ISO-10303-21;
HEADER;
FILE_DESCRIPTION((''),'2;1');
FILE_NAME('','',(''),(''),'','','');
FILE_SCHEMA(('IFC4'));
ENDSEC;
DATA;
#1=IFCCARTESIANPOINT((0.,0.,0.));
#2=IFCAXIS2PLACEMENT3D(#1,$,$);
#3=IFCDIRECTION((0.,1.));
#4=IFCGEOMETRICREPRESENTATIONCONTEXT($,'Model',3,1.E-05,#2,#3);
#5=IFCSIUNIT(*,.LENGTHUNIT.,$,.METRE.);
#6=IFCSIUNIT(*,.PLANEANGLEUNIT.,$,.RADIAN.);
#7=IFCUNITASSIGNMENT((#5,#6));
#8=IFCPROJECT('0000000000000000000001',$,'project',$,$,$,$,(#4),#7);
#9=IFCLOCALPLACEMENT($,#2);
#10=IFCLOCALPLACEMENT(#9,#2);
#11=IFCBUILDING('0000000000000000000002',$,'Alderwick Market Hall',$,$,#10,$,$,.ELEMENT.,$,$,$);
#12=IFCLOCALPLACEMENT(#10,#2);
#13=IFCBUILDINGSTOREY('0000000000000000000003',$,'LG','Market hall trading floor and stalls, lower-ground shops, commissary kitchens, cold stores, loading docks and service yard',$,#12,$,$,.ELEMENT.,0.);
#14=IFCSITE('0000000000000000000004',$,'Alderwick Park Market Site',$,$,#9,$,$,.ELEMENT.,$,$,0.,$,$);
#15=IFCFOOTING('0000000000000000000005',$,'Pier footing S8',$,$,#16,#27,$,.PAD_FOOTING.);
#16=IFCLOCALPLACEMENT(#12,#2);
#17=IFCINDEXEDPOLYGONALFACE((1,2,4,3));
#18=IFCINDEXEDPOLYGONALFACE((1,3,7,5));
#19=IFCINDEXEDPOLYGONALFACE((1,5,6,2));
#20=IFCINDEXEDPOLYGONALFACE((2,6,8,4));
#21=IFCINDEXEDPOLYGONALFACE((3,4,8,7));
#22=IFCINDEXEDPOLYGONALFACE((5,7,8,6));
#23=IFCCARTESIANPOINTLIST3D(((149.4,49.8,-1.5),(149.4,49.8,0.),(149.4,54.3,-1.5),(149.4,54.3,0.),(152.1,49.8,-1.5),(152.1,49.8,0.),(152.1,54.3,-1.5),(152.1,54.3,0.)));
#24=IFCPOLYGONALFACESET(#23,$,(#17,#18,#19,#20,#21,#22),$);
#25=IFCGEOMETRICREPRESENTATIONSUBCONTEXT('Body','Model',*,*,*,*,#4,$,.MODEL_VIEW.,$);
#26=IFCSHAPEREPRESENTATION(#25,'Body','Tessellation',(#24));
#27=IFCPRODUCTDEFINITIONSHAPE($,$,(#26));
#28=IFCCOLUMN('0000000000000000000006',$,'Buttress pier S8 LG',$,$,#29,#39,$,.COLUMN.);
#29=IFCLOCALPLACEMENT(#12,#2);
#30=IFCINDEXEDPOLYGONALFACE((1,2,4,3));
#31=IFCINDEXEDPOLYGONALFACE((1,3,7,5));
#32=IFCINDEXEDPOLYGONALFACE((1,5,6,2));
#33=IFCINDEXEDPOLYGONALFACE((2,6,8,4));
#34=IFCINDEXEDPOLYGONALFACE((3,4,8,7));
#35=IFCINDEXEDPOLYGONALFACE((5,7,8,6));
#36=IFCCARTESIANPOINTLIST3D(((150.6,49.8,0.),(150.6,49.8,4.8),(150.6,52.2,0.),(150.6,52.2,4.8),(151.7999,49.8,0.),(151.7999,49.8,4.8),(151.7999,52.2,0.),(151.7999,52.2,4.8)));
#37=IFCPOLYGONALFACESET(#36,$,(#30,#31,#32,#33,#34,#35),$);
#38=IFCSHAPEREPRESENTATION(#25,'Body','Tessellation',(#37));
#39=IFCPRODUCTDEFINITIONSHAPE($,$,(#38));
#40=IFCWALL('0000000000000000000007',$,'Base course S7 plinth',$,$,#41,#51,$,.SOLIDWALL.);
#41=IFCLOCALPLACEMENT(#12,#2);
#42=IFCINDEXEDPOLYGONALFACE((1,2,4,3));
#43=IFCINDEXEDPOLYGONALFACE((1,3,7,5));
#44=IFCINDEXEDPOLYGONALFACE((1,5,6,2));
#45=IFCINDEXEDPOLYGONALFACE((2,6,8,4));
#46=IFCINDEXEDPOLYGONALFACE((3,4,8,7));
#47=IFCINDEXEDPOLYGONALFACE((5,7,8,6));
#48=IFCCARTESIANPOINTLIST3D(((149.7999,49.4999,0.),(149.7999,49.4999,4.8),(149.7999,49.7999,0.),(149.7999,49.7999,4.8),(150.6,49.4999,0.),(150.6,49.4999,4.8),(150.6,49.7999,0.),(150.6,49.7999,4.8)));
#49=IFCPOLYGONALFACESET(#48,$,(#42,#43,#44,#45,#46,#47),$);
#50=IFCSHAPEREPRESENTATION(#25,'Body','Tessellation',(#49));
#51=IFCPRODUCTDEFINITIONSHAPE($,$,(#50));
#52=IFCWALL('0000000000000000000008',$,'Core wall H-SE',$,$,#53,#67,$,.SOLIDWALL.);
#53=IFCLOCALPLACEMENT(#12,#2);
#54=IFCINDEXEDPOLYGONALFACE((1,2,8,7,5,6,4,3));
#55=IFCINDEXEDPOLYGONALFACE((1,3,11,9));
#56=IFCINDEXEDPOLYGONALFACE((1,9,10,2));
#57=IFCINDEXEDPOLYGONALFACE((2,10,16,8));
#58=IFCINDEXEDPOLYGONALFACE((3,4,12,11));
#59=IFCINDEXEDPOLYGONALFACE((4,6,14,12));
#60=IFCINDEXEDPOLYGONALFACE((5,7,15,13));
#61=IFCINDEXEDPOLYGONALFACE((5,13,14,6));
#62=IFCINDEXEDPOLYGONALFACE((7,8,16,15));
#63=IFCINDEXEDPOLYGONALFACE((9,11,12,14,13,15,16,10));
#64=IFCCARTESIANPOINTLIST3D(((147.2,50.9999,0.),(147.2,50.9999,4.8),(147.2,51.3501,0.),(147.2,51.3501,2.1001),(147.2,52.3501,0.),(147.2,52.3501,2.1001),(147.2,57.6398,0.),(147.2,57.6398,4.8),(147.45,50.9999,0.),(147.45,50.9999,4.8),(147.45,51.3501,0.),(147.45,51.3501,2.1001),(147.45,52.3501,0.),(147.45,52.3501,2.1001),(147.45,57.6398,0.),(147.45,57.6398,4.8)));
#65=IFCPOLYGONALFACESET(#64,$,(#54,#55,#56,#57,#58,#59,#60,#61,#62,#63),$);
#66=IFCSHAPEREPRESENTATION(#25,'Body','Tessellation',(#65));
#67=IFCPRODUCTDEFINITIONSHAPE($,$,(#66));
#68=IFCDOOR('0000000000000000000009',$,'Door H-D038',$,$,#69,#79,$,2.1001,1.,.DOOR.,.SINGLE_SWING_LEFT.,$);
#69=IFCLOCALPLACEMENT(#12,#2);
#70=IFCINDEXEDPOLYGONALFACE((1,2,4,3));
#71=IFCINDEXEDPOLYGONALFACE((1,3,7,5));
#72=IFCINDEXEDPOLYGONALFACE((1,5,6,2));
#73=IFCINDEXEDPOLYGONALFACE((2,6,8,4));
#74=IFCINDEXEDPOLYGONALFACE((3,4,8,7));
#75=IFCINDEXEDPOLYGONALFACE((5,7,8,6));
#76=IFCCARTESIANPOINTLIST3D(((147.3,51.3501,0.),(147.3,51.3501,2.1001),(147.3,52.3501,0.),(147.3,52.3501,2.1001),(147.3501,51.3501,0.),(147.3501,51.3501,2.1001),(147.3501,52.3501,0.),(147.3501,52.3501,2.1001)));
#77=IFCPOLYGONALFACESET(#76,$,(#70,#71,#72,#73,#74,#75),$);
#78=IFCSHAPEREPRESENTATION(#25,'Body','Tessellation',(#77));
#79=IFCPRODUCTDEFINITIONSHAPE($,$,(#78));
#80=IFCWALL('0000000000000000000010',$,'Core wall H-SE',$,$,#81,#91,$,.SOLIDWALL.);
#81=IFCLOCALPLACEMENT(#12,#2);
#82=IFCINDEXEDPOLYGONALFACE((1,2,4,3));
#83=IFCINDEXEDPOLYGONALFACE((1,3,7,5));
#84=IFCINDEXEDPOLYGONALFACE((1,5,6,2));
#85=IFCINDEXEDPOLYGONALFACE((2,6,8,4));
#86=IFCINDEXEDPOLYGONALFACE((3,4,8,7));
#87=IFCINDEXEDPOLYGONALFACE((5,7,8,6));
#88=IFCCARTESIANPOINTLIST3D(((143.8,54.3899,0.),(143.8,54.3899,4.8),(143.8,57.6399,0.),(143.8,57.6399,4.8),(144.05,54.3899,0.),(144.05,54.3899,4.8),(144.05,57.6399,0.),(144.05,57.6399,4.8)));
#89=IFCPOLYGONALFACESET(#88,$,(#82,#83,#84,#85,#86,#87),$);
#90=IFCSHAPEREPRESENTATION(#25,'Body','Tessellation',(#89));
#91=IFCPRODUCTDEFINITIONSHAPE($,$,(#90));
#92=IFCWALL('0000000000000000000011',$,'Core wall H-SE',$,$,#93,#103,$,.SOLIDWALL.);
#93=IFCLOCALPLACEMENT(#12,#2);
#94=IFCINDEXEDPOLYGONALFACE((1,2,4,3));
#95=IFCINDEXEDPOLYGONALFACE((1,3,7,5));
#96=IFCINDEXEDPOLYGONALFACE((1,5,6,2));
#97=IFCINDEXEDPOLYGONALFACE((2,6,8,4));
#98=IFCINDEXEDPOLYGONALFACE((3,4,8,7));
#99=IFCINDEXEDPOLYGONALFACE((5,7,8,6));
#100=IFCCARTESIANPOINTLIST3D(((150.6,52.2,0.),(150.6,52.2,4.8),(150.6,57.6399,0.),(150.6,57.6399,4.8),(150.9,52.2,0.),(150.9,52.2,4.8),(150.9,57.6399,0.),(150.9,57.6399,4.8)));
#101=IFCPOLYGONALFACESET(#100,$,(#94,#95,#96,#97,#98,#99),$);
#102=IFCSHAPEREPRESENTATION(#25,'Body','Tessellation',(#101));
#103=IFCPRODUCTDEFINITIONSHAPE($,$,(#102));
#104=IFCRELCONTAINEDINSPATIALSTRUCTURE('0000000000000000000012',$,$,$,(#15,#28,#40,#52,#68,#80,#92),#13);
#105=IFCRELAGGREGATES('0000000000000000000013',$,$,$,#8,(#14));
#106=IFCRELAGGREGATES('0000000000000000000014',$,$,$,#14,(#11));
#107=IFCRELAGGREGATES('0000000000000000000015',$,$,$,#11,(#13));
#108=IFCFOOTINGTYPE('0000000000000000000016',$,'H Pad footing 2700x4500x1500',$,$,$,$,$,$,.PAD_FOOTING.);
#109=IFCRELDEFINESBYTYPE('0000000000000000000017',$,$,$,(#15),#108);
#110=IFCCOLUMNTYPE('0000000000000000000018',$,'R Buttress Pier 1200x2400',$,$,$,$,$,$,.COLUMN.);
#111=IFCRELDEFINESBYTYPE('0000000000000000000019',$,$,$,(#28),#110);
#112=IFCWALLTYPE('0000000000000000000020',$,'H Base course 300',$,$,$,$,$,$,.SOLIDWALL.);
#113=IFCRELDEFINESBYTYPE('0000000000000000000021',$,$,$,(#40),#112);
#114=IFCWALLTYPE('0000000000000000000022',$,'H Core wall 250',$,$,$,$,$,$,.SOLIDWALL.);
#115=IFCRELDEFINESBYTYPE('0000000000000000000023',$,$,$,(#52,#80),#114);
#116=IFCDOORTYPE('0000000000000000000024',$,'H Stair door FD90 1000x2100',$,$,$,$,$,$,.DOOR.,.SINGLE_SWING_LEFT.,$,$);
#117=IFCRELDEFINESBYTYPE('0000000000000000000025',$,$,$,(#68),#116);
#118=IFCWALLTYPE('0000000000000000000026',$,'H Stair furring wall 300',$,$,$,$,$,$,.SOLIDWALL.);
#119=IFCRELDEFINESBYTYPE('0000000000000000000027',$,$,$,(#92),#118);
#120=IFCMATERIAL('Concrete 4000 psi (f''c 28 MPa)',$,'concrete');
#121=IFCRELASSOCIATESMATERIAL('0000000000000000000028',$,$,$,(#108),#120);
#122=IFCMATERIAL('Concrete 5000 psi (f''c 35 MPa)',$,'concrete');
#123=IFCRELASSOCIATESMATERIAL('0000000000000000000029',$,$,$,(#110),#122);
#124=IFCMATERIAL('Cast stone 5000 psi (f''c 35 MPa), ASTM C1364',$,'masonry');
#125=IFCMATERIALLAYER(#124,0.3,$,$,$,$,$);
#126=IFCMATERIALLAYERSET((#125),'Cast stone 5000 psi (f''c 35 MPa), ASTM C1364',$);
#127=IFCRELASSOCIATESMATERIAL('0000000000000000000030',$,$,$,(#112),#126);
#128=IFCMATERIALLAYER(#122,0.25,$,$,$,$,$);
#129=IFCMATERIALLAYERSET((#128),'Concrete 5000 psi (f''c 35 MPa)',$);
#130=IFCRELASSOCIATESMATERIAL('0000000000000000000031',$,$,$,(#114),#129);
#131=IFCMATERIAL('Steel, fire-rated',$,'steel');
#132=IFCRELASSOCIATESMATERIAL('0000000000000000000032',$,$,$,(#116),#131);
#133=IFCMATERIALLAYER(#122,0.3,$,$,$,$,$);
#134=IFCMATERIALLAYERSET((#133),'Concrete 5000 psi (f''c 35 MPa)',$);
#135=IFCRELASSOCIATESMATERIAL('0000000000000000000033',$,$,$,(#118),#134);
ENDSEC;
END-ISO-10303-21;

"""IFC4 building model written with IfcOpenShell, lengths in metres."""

from ifc_helpers import new_model, si_unit, direction, frame, frame_2d, origin, origin_2d, place, context, subcontext, project, spatial, rectangle, extrude, material, layer, layer_set, material_profile, profile_set, type_object, element, fill, save


model = new_model("IFC4")

# Units and contexts
model_context = context("Model", 3, precision=1e-05, world=origin(), true_north=direction((0.0, 1.0)))
body_context = subcontext(model_context, "Body", "Model", "MODEL_VIEW")
ifc_project = project(units=[si_unit("LENGTHUNIT", "METRE"), si_unit("PLANEANGLEUNIT", "RADIAN")], contexts=[model_context])

# Site, building, storey
site_placement = place(None, origin())
site = spatial("IfcSite", under=ifc_project, at=site_placement, Name="Alderwick Park Market Site", CompositionType="ELEMENT", RefElevation=0.0)
building_placement = place(site_placement, origin())
building = spatial("IfcBuilding", under=site, at=building_placement, Name="Alderwick Market Hall", CompositionType="ELEMENT")
storey_placement = place(building_placement, origin())
storey = spatial("IfcBuildingStorey", under=building, at=storey_placement, Name="LG", Description="Market hall trading floor and stalls, lower-ground shops, commissary kitchens, cold stores, loading docks and service yard", CompositionType="ELEMENT", Elevation=0.0)

# Footing
ifc_material_1 = material(Name="Concrete 4000 psi (f'c 28 MPa)", Category="concrete")
footing_type = type_object("IfcFootingType", Name="H Pad footing 2700x4500x1500", PredefinedType="PAD_FOOTING", material=ifc_material_1)
footing_placement = place(storey_placement, frame((150.75, 52.05, -1.5), z_axis=(0.0, 0.0, 1.0), x_axis=(1.0, 0.0, 0.0)))
element("IfcFooting", 1, at=footing_placement, inside=storey, type_object=footing_type, Name="Pier footing S8", PredefinedType="PAD_FOOTING", context=body_context, shape_type="SweptSolid", body=[
    extrude(rectangle(XDim=2.7, YDim=4.5, at=origin_2d()), origin(), (0.0, 0.0, 1.0), 1.5),
])

# Column
ifc_material_2 = material(Name="Concrete 5000 psi (f'c 35 MPa)", Category="concrete")
ifc_material_profile = material_profile(ifc_material_2, rectangle(XDim=1.2, YDim=2.3999, at=origin_2d()), Name="RC 1200x2400")
ifc_profile_set = profile_set([ifc_material_profile], Name="Concrete 5000 psi (f'c 35 MPa)")
column_type = type_object("IfcColumnType", Name="R Buttress Pier 1200x2400", PredefinedType="COLUMN", material=ifc_profile_set)
column_placement = place(storey_placement, frame((151.2, 51.0, 0.0), z_axis=(0.0, 0.0, 1.0), x_axis=(1.0, 0.0, 0.0)))
element("IfcColumn", 2, at=column_placement, inside=storey, type_object=column_type, Name="Buttress pier S8 LG", PredefinedType="COLUMN", context=body_context, shape_type="SweptSolid", body=[
    extrude(rectangle(XDim=1.2, YDim=2.3999, at=origin_2d()), origin(), (0.0, 0.0, 1.0), 4.8),
])

# Wall
ifc_material_3 = material(Name="Cast stone 5000 psi (f'c 35 MPa), ASTM C1364", Category="masonry")
ifc_layer_1 = layer(ifc_material_3, 0.3)
ifc_layer_set_1 = layer_set([ifc_layer_1], Name="Cast stone 5000 psi (f'c 35 MPa), ASTM C1364")
wall_type_1 = type_object("IfcWallType", Name="H Base course 300", PredefinedType="SOLIDWALL", material=ifc_layer_set_1)
wall_1_placement = place(storey_placement, frame((149.8, 49.6499, 0.0), z_axis=(0.0, 0.0, 1.0), x_axis=(1.0, 0.0, 0.0)))
element("IfcWall", 3, at=wall_1_placement, inside=storey, type_object=wall_type_1, Name="Base course S7 plinth", PredefinedType="SOLIDWALL", context=body_context, shape_type="SweptSolid", body=[
    extrude(rectangle(XDim=0.8, YDim=0.3, at=frame_2d((0.3999, 0.0))), origin(), (0.0, 0.0, 1.0), 4.8),
])

# Wall, opening, door
ifc_layer_2 = layer(ifc_material_2, 0.25)
ifc_layer_set_2 = layer_set([ifc_layer_2], Name="Concrete 5000 psi (f'c 35 MPa)")
wall_type_2 = type_object("IfcWallType", Name="H Core wall 250", PredefinedType="SOLIDWALL", material=ifc_layer_set_2)
wall_2_placement = place(storey_placement, frame((147.325, 51.0, 0.0), z_axis=(0.0, 0.0, 1.0), x_axis=(0.0, 1.0, 0.0)))
wall_2 = element("IfcWall", 4, at=wall_2_placement, inside=storey, type_object=wall_type_2, Name="Core wall H-SE", PredefinedType="SOLIDWALL", context=body_context, shape_type="SweptSolid", body=[
    extrude(rectangle(XDim=6.6399, YDim=0.25, at=frame_2d((3.3198, 0.0))), origin(), (0.0, 0.0, 1.0), 4.8),
])
opening_1_placement = place(wall_2_placement, frame((0.3501, 0.0, 0.0)))
opening_1 = element("IfcOpeningElement", 5, at=opening_1_placement, cuts=wall_2, PredefinedType="OPENING", context=body_context, shape_type="SweptSolid", body=[
    extrude(rectangle(XDim=1.0, YDim=2.1001, at=frame_2d((0.5, 1.05))), frame((0.0, 0.135, 0.0), z_axis=(0.0, -1.0, 0.0), x_axis=(1.0, 0.0, 0.0)), (0.0, 0.0, 1.0), 0.27),
])
ifc_material_4 = material(Name="Steel, fire-rated", Category="steel")
door_type = type_object("IfcDoorType", Name="H Stair door FD90 1000x2100", OperationType="SINGLE_SWING_LEFT", PredefinedType="DOOR", material=ifc_material_4)
door_placement = place(opening_1_placement, origin())
door = element("IfcDoor", 6, at=door_placement, inside=storey, type_object=door_type, Name="Door H-D038", OperationType="SINGLE_SWING_LEFT", OverallHeight=2.1001, OverallWidth=1.0, PredefinedType="DOOR", context=body_context, shape_type="SweptSolid", body=[
    extrude(rectangle(XDim=1.0, YDim=2.1001, at=frame_2d((0.5, 1.05))), frame((0.0, 0.0249, 0.0), z_axis=(0.0, -1.0, 0.0), x_axis=(1.0, 0.0, 0.0)), (0.0, 0.0, 1.0), 0.05),
])
fill(opening_1, door)

# Walls
wall_3_placement = place(storey_placement, frame((143.925, 54.3899, 0.0), z_axis=(0.0, 0.0, 1.0), x_axis=(0.0, 1.0, 0.0)))
element("IfcWall", 7, at=wall_3_placement, inside=storey, type_object=wall_type_2, Name="Core wall H-SE", PredefinedType="SOLIDWALL", context=body_context, shape_type="SweptSolid", body=[
    extrude(rectangle(XDim=3.25, YDim=0.25, at=frame_2d((1.625, 0.0))), origin(), (0.0, 0.0, 1.0), 4.8),
])
ifc_layer_3 = layer(ifc_material_2, 0.3)
ifc_layer_set_3 = layer_set([ifc_layer_3], Name="Concrete 5000 psi (f'c 35 MPa)")
wall_type_3 = type_object("IfcWallType", Name="H Stair furring wall 300", PredefinedType="SOLIDWALL", material=ifc_layer_set_3)
wall_4_placement = place(storey_placement, frame((150.75, 52.2, 0.0), z_axis=(0.0, 0.0, 1.0), x_axis=(0.0, 1.0, 0.0)))
element("IfcWall", 8, at=wall_4_placement, inside=storey, type_object=wall_type_3, Name="Core wall H-SE", PredefinedType="SOLIDWALL", context=body_context, shape_type="SweptSolid", body=[
    extrude(rectangle(XDim=5.4399, YDim=0.3, at=frame_2d((2.72, 0.0))), origin(), (0.0, 0.0, 1.0), 4.8),
])

save(model, "model.ifc")
